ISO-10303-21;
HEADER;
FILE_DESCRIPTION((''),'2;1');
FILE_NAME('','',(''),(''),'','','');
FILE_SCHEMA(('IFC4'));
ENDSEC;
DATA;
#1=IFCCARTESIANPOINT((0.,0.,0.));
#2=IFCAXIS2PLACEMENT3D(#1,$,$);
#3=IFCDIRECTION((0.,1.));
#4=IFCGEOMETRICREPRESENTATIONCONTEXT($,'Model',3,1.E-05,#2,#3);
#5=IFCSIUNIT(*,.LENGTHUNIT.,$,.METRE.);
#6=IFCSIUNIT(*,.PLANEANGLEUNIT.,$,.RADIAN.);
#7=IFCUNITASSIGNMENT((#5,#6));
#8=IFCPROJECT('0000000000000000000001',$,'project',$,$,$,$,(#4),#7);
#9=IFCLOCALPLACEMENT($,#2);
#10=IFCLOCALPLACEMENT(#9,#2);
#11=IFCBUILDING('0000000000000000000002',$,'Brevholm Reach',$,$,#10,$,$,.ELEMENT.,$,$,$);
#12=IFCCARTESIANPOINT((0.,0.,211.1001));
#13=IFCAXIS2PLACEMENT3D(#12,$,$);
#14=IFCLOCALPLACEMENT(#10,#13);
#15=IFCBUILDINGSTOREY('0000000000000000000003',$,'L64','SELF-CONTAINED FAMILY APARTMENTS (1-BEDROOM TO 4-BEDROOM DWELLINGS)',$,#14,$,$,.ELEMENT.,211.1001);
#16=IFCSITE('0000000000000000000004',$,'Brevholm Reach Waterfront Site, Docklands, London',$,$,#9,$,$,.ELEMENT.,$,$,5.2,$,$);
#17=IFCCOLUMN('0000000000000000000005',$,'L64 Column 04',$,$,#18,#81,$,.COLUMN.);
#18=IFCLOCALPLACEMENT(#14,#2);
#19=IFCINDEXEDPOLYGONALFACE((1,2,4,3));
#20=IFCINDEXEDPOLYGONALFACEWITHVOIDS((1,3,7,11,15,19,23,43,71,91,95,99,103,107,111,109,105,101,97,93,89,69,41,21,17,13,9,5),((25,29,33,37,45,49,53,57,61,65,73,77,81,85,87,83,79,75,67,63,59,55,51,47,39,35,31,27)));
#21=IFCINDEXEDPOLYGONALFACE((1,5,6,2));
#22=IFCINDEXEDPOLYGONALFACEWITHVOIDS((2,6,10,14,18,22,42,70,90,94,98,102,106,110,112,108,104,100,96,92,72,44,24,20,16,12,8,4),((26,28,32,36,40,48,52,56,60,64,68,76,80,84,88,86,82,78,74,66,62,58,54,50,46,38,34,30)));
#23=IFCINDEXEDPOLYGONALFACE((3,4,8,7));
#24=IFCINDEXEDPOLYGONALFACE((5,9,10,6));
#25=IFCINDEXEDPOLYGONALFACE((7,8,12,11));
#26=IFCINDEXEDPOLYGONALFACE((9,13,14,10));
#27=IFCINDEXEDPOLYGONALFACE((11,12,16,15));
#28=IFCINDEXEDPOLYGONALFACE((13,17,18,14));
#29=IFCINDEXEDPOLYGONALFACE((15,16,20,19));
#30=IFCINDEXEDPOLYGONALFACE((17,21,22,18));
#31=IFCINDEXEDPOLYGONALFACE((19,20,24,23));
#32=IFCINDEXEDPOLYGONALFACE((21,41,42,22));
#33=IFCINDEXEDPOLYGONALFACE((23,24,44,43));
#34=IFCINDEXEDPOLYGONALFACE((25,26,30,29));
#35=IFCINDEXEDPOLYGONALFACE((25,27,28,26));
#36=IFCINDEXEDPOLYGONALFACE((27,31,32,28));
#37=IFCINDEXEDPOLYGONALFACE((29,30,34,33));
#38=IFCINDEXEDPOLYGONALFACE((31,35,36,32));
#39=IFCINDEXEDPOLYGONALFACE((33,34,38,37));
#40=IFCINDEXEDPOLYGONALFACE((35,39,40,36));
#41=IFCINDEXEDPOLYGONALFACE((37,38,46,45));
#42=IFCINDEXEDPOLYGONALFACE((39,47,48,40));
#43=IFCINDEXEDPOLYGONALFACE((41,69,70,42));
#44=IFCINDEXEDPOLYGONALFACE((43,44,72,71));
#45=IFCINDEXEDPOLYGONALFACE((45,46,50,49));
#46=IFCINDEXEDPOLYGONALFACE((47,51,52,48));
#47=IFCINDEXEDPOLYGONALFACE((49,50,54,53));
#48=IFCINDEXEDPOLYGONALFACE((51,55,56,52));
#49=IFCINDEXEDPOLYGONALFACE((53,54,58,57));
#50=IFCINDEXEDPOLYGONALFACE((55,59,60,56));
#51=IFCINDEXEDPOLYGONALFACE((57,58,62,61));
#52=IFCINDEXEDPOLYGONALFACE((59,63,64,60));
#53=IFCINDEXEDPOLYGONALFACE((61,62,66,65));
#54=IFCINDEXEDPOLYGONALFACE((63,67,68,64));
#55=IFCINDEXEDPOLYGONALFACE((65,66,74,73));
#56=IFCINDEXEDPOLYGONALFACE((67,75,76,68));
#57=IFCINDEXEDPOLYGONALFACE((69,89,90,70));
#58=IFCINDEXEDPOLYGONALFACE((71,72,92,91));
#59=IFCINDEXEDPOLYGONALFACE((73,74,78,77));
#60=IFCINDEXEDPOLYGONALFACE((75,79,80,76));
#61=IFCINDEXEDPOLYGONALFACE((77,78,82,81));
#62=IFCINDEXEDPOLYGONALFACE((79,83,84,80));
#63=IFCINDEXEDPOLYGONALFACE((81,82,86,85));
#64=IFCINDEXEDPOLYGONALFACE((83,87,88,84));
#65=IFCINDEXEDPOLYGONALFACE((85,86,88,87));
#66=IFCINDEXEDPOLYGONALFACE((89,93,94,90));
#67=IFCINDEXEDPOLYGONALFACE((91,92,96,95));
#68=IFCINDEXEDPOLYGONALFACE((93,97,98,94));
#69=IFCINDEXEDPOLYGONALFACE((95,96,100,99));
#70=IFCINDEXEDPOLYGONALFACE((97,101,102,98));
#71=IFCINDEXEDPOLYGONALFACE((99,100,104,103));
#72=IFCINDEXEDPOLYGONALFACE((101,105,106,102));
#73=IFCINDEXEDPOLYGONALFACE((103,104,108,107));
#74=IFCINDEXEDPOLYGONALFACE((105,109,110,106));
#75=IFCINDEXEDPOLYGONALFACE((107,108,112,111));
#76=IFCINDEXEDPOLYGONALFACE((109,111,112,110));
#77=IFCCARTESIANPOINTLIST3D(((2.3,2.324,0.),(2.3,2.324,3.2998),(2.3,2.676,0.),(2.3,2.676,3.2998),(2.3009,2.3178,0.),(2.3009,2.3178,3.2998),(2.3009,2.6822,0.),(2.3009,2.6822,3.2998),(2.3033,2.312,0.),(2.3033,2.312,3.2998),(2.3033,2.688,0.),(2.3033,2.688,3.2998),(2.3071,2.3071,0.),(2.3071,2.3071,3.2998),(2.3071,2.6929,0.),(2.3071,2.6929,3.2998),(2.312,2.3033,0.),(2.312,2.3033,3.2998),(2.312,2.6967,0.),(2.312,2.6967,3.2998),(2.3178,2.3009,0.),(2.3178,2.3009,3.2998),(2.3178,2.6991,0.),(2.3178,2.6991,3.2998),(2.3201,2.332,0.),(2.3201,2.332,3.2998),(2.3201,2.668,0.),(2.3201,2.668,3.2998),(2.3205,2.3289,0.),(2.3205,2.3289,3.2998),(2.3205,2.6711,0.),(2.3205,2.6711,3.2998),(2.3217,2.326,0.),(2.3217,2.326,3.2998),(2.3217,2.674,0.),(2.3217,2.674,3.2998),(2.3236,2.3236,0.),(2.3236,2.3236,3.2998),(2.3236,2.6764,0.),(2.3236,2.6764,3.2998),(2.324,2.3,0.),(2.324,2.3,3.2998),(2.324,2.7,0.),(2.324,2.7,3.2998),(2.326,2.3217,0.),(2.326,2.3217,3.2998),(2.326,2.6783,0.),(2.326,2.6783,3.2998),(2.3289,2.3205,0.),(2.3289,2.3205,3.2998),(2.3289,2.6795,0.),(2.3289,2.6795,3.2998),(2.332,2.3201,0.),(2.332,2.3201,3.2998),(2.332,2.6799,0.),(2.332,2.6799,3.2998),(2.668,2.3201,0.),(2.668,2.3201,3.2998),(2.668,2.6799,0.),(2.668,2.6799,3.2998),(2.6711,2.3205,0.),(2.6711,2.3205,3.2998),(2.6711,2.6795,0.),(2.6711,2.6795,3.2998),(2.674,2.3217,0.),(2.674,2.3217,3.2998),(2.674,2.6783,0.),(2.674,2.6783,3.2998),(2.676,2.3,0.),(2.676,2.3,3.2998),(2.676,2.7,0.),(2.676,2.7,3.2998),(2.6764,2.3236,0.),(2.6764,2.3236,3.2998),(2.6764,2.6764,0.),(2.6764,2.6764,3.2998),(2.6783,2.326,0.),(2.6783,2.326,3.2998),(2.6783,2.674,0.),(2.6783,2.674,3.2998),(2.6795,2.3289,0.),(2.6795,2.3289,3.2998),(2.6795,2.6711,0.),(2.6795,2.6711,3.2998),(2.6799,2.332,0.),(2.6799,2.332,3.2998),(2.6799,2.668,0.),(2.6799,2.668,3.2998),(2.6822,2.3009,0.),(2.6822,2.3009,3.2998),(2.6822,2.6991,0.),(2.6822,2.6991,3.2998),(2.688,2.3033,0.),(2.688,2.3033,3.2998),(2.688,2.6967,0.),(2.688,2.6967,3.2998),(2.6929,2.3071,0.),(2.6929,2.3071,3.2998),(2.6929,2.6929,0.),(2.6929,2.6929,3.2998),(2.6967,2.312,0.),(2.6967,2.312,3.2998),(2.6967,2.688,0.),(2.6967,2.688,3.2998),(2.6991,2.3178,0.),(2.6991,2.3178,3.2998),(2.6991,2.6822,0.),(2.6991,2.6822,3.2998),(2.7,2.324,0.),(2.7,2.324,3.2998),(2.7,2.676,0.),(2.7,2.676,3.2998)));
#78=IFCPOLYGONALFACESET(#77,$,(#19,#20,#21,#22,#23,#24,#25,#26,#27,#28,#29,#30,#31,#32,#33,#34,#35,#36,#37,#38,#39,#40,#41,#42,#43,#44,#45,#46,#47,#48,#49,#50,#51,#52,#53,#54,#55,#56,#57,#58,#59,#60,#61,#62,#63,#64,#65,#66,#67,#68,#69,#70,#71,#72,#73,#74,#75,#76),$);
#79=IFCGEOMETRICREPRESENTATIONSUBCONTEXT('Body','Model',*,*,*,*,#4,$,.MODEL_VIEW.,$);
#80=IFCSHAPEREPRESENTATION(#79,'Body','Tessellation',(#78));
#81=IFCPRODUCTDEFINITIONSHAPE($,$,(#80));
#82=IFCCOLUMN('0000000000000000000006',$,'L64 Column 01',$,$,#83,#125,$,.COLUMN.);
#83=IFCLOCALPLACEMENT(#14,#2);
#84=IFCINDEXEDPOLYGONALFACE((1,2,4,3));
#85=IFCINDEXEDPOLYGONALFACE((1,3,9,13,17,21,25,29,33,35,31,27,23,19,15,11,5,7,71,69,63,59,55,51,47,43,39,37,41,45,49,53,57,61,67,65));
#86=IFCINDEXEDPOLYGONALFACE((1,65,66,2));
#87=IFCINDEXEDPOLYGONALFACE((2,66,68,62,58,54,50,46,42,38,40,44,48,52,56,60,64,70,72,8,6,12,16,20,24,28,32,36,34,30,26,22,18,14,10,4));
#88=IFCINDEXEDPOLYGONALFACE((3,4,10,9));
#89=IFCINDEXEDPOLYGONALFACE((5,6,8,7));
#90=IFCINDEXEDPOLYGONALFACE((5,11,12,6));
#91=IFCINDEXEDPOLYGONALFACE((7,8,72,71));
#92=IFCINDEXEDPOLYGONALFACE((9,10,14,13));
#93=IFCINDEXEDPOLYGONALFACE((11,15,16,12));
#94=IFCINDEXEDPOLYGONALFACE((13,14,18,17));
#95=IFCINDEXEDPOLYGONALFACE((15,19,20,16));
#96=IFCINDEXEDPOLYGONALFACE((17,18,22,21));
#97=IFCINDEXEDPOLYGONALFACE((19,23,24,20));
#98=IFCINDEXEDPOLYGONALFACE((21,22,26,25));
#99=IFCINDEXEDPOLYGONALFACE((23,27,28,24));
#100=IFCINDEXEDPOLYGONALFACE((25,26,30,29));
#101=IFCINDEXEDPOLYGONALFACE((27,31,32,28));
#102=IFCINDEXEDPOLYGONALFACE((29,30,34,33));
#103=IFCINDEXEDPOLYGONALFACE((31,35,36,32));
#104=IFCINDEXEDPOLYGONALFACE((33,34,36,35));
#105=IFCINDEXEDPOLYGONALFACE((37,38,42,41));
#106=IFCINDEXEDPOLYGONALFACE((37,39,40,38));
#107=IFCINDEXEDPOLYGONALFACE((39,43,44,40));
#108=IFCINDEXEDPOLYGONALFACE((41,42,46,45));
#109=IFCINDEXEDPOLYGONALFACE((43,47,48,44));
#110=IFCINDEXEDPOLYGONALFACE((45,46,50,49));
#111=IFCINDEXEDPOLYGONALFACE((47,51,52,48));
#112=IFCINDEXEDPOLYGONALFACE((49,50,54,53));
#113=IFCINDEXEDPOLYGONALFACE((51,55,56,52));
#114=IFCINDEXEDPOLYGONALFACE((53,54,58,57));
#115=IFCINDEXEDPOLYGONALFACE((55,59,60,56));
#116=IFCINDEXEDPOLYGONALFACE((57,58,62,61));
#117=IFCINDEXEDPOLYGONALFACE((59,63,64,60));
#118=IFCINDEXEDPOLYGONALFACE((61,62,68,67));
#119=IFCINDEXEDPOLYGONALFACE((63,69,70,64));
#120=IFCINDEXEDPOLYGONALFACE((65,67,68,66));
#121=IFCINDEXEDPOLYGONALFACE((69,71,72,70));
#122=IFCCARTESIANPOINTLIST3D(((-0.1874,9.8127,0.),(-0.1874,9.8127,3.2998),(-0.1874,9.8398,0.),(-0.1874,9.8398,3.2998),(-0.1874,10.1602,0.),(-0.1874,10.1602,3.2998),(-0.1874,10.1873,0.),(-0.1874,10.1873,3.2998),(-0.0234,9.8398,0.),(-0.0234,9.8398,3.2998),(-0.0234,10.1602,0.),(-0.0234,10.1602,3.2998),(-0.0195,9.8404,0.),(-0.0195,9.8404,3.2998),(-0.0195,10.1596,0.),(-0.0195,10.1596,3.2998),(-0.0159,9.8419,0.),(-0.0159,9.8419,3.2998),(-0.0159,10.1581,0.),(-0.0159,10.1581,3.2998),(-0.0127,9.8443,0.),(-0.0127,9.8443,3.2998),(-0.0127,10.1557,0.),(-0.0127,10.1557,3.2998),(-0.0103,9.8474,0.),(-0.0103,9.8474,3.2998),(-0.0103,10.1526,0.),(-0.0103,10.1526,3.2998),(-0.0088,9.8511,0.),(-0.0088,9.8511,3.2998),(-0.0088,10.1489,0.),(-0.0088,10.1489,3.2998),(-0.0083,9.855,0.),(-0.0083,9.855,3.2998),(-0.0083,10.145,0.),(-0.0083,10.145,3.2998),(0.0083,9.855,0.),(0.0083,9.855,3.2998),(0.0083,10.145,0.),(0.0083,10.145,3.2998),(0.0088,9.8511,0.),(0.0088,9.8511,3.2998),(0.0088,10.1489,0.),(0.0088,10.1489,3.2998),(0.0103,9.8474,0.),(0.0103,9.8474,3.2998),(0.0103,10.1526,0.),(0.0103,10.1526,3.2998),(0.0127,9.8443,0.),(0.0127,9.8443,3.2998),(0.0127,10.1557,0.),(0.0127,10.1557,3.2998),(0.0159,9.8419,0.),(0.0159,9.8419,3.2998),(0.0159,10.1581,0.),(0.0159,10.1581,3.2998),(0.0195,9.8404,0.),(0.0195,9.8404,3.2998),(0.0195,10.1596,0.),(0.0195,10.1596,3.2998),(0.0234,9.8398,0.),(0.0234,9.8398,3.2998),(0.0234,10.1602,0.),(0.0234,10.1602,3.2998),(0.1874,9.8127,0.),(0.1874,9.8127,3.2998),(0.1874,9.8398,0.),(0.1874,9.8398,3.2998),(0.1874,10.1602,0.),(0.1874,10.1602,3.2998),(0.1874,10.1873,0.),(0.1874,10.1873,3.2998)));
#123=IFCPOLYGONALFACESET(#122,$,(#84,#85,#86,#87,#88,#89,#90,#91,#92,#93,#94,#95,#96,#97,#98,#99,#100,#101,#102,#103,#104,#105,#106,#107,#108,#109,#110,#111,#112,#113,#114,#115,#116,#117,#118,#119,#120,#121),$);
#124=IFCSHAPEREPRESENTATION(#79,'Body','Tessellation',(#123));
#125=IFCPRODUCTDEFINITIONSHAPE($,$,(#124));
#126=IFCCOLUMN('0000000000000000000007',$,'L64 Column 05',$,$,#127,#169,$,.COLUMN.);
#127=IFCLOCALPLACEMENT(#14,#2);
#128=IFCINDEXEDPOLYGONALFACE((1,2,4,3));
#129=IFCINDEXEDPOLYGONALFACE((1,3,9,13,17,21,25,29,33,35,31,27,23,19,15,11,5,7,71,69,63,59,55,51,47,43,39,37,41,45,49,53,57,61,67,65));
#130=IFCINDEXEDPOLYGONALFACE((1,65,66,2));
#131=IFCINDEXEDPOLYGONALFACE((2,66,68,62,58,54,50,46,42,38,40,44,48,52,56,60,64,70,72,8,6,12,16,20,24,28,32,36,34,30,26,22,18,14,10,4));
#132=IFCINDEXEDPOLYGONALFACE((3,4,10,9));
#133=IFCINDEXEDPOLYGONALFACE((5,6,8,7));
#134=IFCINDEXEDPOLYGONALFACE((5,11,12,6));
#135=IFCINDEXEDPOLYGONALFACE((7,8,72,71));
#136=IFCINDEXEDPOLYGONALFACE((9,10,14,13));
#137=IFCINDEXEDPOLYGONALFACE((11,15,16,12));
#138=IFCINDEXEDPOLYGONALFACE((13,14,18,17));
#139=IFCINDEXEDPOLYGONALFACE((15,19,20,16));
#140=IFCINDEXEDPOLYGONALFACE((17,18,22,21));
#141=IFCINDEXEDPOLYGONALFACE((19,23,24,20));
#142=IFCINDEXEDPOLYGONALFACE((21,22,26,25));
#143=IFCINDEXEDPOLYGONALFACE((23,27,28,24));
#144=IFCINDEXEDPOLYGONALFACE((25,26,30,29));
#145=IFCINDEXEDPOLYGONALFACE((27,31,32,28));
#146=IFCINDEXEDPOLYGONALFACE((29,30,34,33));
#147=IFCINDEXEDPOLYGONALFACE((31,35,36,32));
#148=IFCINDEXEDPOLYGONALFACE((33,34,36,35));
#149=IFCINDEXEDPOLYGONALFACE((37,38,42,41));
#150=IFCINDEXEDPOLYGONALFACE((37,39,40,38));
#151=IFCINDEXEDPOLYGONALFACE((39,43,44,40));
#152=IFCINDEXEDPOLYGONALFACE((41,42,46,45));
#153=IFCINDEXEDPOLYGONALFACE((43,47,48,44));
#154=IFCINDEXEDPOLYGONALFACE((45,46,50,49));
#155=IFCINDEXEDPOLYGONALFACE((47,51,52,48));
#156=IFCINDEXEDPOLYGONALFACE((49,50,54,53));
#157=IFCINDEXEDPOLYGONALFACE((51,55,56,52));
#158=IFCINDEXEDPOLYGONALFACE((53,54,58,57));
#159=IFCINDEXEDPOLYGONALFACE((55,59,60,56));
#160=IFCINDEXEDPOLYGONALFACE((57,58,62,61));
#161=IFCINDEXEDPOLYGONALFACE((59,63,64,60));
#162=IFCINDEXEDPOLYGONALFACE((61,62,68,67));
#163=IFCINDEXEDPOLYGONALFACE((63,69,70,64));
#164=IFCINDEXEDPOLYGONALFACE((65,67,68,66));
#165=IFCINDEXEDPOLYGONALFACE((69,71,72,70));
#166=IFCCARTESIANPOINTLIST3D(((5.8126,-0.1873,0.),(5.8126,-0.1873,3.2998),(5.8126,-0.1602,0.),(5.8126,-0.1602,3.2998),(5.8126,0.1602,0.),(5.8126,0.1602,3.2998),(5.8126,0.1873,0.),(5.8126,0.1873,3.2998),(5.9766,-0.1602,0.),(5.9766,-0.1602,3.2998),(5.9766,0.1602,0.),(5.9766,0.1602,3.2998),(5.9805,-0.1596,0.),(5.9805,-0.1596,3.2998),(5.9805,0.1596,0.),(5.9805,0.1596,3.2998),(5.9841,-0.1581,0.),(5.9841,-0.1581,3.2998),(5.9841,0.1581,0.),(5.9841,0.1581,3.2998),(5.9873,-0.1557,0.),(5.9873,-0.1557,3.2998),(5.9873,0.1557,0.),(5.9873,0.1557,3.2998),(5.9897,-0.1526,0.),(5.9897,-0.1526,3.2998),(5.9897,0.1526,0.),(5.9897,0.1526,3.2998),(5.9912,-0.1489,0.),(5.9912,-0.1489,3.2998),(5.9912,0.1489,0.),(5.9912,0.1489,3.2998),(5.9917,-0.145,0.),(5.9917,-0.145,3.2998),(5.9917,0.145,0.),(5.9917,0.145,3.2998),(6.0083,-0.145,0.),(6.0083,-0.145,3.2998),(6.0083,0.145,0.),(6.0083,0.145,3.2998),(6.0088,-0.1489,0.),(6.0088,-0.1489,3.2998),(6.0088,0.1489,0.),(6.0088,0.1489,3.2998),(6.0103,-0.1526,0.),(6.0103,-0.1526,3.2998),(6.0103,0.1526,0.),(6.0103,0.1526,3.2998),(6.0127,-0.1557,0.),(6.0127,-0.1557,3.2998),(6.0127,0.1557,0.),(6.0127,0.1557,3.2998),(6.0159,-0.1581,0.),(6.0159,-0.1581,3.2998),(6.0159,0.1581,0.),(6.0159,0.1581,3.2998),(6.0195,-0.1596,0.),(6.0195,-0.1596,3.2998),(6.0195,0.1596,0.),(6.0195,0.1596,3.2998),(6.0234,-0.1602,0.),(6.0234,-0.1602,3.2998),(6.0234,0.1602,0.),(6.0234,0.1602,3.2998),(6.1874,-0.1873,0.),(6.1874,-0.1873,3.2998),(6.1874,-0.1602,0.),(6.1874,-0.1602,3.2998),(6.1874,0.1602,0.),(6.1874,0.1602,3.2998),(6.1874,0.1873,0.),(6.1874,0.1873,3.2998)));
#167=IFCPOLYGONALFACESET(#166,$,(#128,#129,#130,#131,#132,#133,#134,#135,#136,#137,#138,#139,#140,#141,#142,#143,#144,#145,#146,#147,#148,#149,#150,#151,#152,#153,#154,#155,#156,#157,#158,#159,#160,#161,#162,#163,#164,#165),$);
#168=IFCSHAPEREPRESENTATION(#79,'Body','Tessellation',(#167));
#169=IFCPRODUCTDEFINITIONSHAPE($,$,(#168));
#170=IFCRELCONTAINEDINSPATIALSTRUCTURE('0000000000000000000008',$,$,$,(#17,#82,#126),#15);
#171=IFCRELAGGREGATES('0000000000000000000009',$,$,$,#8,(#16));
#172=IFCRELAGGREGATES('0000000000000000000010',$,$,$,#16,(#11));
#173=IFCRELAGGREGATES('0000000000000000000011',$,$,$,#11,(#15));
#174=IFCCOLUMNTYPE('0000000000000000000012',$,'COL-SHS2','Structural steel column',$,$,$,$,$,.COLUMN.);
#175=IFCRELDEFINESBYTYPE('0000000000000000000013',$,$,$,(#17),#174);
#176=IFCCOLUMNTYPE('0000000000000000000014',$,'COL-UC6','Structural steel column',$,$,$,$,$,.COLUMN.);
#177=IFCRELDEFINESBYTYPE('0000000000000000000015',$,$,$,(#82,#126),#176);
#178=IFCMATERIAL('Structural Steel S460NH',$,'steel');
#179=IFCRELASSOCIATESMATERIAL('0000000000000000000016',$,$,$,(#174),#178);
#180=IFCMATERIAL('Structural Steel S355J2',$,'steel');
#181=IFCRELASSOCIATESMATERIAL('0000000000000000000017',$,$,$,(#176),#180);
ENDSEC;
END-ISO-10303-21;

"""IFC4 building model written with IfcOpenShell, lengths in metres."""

from ifc_helpers import new_model, si_unit, direction, frame, origin, origin_2d, place, context, subcontext, project, spatial, hollow_rectangle, i_section, extrude, material, material_profile, profile_set, type_object, element, save


model = new_model("IFC4")

# Units and contexts
model_context = context("Model", 3, precision=1e-05, world=origin(), true_north=direction((0.0, 1.0)))
body_context = subcontext(model_context, "Body", "Model", "MODEL_VIEW")
ifc_project = project(units=[si_unit("LENGTHUNIT", "METRE"), si_unit("PLANEANGLEUNIT", "RADIAN")], contexts=[model_context])

# Site, building, storey
site_placement = place(None, origin())
site = spatial("IfcSite", under=ifc_project, at=site_placement, Name="Brevholm Reach Waterfront Site, Docklands, London", CompositionType="ELEMENT", RefElevation=5.2)
building_placement = place(site_placement, origin())
building = spatial("IfcBuilding", under=site, at=building_placement, Name="Brevholm Reach", CompositionType="ELEMENT")
storey_placement = place(building_placement, frame((0.0, 0.0, 211.1001)))
storey = spatial("IfcBuildingStorey", under=building, at=storey_placement, Name="L64", Description="SELF-CONTAINED FAMILY APARTMENTS (1-BEDROOM TO 4-BEDROOM DWELLINGS)", CompositionType="ELEMENT", Elevation=211.1001)

# Columns
ifc_material_1 = material(Name="Structural Steel S460NH", Category="steel")
ifc_material_profile_1 = material_profile(ifc_material_1, hollow_rectangle(XDim=0.3999, YDim=0.3999, WallThickness=0.02, InnerFilletRadius=0.012, OuterFilletRadius=0.0239, at=origin_2d()), Name="SHS 400x400x20")
ifc_profile_set_1 = profile_set([ifc_material_profile_1], Name="Structural Steel S460NH")
column_type_1 = type_object("IfcColumnType", Name="COL-SHS2", Description="Structural steel column", PredefinedType="COLUMN", material=ifc_profile_set_1)
column_placement = place(storey_placement, frame((2.5, 2.5, 0.0), z_axis=(0.0, 0.0, 1.0), x_axis=(1.0, 0.0, 0.0)))
element("IfcColumn", 1, at=column_placement, inside=storey, type_object=column_type_1, Name="L64 Column 04", PredefinedType="COLUMN", context=body_context, shape_type="SweptSolid", body=[
    extrude(hollow_rectangle(XDim=0.3999, YDim=0.3999, WallThickness=0.02, InnerFilletRadius=0.012, OuterFilletRadius=0.0239, at=origin_2d()), origin(), (0.0, 0.0, 1.0), 3.2998),
])
ifc_material_2 = material(Name="Structural Steel S355J2", Category="steel")
ifc_material_profile_2 = material_profile(ifc_material_2, i_section(OverallWidth=0.3748, OverallDepth=0.3745, WebThickness=0.0166, FlangeThickness=0.0271, FilletRadius=0.0151, at=origin_2d()), Name="UKC 356x368x202")
ifc_profile_set_2 = profile_set([ifc_material_profile_2], Name="Structural Steel S355J2")
column_type_2 = type_object("IfcColumnType", Name="COL-UC6", Description="Structural steel column", PredefinedType="COLUMN", material=ifc_profile_set_2)
for number, where, z_axis, x_axis, name in (
    (2, (0.0, 10.0, 0.0), (0.0, 0.0, 1.0), (1.0, 0.0, 0.0), "L64 Column 01"),
    (3, (6.0, 0.0, 0.0), (0.0, 0.0, 1.0), (1.0, 0.0, 0.0), "L64 Column 05"),
):
    element("IfcColumn", number, at=place(storey_placement, frame(where, z_axis=z_axis, x_axis=x_axis)), inside=storey, type_object=column_type_2, Name=name, PredefinedType="COLUMN", context=body_context, shape_type="SweptSolid", body=[
        extrude(i_section(OverallWidth=0.3748, OverallDepth=0.3745, WebThickness=0.0166, FlangeThickness=0.0271, FilletRadius=0.0151, at=origin_2d()), origin(), (0.0, 0.0, 1.0), 3.2998),
    ])

save(model, "model.ifc")
